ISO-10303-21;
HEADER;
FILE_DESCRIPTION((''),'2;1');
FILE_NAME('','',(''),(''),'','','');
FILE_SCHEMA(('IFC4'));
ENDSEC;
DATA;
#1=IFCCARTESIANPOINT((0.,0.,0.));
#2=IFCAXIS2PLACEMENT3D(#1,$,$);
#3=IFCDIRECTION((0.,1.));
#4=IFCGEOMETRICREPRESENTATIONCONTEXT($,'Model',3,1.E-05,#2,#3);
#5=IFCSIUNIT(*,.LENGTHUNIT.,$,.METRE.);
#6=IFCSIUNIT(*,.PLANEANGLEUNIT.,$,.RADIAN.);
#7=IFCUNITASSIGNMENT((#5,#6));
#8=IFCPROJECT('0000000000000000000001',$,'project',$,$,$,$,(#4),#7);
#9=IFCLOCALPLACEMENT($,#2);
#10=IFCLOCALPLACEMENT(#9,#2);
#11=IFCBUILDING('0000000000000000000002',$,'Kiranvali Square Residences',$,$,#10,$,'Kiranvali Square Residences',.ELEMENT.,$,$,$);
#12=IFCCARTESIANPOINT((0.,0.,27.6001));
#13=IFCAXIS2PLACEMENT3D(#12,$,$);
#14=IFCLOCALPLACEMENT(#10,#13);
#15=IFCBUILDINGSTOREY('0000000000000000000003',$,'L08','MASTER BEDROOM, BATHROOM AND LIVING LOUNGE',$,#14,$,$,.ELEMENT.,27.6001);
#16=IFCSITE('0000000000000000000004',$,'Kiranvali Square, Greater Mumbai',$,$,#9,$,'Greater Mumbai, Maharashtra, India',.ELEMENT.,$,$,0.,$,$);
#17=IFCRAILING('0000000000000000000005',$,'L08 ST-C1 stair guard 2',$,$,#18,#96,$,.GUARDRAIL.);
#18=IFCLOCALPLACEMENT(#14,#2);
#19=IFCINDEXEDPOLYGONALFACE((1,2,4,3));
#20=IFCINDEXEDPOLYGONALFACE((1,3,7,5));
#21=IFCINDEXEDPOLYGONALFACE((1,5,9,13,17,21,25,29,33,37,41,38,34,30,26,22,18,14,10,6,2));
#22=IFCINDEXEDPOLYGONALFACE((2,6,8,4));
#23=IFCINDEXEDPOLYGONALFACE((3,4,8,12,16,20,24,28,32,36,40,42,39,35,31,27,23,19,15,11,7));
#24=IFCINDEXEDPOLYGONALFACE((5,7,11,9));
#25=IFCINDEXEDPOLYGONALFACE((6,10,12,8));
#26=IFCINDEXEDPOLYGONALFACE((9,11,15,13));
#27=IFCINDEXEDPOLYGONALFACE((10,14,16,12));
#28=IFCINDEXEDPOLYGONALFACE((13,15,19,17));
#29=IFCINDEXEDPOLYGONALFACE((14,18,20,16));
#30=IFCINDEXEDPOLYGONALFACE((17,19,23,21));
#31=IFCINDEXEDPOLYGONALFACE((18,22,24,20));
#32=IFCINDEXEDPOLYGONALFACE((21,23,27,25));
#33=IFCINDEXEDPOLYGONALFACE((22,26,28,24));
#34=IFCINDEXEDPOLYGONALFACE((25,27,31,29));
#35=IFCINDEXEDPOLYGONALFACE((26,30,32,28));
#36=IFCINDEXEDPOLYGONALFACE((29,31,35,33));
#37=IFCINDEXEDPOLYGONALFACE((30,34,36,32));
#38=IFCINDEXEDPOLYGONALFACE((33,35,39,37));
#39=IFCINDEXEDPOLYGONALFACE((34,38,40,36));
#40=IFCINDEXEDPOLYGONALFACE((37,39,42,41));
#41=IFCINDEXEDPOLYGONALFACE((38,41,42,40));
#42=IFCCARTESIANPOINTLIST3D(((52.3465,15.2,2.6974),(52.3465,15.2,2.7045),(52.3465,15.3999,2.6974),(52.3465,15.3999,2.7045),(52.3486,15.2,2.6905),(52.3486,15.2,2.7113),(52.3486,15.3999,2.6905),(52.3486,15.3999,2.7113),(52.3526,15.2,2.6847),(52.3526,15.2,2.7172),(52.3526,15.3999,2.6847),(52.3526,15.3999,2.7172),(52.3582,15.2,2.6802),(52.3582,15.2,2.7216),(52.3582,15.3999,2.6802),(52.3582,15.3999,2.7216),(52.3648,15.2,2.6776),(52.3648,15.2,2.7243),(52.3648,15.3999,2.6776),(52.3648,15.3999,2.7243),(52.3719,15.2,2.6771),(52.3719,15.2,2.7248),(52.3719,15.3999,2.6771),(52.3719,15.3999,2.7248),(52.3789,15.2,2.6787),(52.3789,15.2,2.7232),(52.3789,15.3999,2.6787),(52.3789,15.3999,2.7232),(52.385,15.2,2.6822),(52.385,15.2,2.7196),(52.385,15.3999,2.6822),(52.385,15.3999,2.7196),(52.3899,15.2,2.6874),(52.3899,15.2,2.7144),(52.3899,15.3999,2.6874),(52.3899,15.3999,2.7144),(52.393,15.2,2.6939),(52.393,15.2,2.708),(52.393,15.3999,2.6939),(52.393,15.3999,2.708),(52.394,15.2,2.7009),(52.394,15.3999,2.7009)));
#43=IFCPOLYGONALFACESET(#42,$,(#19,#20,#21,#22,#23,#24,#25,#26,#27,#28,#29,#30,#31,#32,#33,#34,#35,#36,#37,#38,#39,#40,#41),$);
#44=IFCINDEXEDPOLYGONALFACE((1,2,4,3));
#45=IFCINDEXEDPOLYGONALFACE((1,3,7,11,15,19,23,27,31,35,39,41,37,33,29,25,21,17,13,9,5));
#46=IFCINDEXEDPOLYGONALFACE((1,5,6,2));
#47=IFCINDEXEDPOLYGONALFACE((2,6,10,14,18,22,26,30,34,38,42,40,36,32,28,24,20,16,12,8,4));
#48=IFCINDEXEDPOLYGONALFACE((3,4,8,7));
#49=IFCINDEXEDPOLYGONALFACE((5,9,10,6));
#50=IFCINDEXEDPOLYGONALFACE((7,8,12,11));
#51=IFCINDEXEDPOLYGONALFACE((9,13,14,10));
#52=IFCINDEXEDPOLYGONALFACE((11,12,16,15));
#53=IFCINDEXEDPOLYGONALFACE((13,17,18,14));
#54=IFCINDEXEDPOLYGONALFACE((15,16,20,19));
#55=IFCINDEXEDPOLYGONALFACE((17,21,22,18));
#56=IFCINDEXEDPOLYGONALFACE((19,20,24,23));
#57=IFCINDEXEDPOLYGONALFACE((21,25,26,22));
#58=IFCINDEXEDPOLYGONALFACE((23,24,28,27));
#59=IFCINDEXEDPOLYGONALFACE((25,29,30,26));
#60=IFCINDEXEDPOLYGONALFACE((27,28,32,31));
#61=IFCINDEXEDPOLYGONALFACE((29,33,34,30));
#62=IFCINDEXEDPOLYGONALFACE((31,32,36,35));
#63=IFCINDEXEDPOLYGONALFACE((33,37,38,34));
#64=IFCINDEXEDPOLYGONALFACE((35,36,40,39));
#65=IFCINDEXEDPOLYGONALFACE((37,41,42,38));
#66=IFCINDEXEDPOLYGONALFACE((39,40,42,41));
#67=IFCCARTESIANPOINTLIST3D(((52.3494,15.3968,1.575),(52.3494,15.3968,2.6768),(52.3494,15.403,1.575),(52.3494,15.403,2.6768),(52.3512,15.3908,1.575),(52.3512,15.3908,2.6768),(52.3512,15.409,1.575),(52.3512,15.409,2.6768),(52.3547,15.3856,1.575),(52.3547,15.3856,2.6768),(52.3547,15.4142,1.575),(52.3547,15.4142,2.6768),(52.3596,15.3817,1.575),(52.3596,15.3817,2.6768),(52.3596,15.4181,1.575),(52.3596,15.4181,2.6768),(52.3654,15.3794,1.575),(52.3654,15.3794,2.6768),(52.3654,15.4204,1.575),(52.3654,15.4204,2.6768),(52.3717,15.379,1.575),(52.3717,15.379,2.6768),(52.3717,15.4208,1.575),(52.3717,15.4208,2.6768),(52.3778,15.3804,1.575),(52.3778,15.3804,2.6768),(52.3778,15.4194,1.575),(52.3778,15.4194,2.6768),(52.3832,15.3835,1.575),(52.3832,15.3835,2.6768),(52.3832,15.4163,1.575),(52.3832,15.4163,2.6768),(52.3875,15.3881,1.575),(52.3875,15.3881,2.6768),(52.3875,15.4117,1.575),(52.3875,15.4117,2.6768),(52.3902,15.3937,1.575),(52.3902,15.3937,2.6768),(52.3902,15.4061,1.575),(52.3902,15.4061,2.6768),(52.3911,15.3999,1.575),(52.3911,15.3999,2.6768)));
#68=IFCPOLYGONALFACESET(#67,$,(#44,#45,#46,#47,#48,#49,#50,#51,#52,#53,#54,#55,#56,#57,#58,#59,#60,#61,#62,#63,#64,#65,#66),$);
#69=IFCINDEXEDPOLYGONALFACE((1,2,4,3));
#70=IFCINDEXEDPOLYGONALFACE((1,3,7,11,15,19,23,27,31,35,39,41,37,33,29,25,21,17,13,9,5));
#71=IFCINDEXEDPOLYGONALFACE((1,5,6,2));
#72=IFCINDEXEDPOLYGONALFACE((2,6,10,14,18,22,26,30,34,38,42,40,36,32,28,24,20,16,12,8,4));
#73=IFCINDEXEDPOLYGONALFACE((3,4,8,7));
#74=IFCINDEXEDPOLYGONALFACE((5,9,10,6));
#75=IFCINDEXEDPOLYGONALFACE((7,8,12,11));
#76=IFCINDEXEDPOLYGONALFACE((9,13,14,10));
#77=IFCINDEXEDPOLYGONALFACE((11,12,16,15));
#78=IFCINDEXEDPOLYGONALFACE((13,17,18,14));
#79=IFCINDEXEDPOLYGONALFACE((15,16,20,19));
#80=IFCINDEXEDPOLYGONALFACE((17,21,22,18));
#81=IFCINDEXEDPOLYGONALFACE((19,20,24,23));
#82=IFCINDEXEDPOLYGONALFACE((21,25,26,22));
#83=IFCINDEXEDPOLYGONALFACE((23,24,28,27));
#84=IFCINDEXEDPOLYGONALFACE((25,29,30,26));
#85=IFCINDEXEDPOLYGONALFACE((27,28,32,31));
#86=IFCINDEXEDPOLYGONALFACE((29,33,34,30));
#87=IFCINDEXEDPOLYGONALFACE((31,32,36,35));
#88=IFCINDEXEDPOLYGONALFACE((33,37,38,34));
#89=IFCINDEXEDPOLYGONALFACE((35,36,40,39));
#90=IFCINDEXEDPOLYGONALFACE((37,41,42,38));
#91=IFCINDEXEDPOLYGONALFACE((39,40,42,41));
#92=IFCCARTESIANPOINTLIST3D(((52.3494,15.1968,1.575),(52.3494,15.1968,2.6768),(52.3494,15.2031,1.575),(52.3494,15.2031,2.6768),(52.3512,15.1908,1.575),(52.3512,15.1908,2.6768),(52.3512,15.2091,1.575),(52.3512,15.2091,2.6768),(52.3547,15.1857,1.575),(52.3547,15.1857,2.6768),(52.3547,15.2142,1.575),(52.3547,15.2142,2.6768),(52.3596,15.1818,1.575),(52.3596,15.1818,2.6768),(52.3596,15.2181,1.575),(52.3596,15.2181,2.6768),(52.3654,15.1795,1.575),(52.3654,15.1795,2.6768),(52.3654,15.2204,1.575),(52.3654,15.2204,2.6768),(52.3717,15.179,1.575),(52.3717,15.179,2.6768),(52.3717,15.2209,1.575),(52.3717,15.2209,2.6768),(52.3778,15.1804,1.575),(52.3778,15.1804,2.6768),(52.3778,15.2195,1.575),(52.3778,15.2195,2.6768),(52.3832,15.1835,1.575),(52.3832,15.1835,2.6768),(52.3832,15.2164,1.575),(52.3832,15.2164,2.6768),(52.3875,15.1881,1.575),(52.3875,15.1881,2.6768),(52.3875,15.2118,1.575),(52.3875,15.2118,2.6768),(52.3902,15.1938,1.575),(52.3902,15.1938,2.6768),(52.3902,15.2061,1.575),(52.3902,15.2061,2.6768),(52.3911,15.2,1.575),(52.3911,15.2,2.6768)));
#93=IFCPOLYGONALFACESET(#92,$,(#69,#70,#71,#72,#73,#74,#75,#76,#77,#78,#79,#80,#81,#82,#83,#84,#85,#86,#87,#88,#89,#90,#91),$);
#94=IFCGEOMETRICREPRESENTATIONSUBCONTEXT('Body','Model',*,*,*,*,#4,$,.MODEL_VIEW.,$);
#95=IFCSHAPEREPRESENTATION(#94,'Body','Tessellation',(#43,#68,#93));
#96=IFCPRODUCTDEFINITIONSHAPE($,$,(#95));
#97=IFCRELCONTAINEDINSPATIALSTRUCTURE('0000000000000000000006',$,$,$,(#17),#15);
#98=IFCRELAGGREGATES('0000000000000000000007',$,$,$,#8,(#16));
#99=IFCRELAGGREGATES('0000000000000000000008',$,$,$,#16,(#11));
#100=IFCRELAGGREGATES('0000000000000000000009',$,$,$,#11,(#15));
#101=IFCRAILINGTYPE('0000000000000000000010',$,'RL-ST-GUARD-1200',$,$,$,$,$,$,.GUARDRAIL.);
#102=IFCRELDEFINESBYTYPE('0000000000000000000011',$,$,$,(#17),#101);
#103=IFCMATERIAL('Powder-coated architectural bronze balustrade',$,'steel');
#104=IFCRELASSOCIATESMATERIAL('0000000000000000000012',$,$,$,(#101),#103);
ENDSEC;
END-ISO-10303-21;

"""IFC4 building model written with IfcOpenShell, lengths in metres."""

from ifc_helpers import new_model, si_unit, direction, frame, origin, origin_2d, place, context, subcontext, project, spatial, circle, extrude, material, type_object, element, save


model = new_model("IFC4")

# Units and contexts
model_context = context("Model", 3, precision=1e-05, world=origin(), true_north=direction((0.0, 1.0)))
body_context = subcontext(model_context, "Body", "Model", "MODEL_VIEW")
ifc_project = project(units=[si_unit("LENGTHUNIT", "METRE"), si_unit("PLANEANGLEUNIT", "RADIAN")], contexts=[model_context])

# Site, building, storey
site_placement = place(None, origin())
site = spatial("IfcSite", under=ifc_project, at=site_placement, Name="Kiranvali Square, Greater Mumbai", LongName="Greater Mumbai, Maharashtra, India", CompositionType="ELEMENT", RefElevation=0.0)
building_placement = place(site_placement, origin())
building = spatial("IfcBuilding", under=site, at=building_placement, Name="Kiranvali Square Residences", LongName="Kiranvali Square Residences", CompositionType="ELEMENT")
storey_placement = place(building_placement, frame((0.0, 0.0, 27.6001)))
storey = spatial("IfcBuildingStorey", under=building, at=storey_placement, Name="L08", Description="MASTER BEDROOM, BATHROOM AND LIVING LOUNGE", CompositionType="ELEMENT", Elevation=27.6001)

# Railing
ifc_material_1 = material(Name="Powder-coated architectural bronze balustrade", Category="steel")
railing_type_1 = type_object("IfcRailingType", Name="RL-ST-GUARD-1200", PredefinedType="GUARDRAIL", material=ifc_material_1)
railing_1_placement = place(storey_placement, frame((52.3701, 15.3999, 1.575)))
element("IfcRailing", 1, at=railing_1_placement, inside=storey, type_object=railing_type_1, Name="L08 ST-C1 stair guard 2", PredefinedType="GUARDRAIL", context=body_context, shape_type="SweptSolid", body=[
    extrude(circle(Radius=0.0239, at=origin_2d()), frame((0.0, 0.0, 1.126), z_axis=(0.0, -1.0, 0.0), x_axis=(1.0, 0.0, 0.0)), (0.0, 0.0, 1.0), 0.2),
    extrude(circle(Radius=0.021, at=origin_2d()), origin(), (0.0, 0.0, 1.0), 1.1018),
    extrude(circle(Radius=0.021, at=origin_2d()), frame((0.0, -0.2, 0.0)), (0.0, 0.0, 1.0), 1.1018),
])

save(model, "model.ifc")
